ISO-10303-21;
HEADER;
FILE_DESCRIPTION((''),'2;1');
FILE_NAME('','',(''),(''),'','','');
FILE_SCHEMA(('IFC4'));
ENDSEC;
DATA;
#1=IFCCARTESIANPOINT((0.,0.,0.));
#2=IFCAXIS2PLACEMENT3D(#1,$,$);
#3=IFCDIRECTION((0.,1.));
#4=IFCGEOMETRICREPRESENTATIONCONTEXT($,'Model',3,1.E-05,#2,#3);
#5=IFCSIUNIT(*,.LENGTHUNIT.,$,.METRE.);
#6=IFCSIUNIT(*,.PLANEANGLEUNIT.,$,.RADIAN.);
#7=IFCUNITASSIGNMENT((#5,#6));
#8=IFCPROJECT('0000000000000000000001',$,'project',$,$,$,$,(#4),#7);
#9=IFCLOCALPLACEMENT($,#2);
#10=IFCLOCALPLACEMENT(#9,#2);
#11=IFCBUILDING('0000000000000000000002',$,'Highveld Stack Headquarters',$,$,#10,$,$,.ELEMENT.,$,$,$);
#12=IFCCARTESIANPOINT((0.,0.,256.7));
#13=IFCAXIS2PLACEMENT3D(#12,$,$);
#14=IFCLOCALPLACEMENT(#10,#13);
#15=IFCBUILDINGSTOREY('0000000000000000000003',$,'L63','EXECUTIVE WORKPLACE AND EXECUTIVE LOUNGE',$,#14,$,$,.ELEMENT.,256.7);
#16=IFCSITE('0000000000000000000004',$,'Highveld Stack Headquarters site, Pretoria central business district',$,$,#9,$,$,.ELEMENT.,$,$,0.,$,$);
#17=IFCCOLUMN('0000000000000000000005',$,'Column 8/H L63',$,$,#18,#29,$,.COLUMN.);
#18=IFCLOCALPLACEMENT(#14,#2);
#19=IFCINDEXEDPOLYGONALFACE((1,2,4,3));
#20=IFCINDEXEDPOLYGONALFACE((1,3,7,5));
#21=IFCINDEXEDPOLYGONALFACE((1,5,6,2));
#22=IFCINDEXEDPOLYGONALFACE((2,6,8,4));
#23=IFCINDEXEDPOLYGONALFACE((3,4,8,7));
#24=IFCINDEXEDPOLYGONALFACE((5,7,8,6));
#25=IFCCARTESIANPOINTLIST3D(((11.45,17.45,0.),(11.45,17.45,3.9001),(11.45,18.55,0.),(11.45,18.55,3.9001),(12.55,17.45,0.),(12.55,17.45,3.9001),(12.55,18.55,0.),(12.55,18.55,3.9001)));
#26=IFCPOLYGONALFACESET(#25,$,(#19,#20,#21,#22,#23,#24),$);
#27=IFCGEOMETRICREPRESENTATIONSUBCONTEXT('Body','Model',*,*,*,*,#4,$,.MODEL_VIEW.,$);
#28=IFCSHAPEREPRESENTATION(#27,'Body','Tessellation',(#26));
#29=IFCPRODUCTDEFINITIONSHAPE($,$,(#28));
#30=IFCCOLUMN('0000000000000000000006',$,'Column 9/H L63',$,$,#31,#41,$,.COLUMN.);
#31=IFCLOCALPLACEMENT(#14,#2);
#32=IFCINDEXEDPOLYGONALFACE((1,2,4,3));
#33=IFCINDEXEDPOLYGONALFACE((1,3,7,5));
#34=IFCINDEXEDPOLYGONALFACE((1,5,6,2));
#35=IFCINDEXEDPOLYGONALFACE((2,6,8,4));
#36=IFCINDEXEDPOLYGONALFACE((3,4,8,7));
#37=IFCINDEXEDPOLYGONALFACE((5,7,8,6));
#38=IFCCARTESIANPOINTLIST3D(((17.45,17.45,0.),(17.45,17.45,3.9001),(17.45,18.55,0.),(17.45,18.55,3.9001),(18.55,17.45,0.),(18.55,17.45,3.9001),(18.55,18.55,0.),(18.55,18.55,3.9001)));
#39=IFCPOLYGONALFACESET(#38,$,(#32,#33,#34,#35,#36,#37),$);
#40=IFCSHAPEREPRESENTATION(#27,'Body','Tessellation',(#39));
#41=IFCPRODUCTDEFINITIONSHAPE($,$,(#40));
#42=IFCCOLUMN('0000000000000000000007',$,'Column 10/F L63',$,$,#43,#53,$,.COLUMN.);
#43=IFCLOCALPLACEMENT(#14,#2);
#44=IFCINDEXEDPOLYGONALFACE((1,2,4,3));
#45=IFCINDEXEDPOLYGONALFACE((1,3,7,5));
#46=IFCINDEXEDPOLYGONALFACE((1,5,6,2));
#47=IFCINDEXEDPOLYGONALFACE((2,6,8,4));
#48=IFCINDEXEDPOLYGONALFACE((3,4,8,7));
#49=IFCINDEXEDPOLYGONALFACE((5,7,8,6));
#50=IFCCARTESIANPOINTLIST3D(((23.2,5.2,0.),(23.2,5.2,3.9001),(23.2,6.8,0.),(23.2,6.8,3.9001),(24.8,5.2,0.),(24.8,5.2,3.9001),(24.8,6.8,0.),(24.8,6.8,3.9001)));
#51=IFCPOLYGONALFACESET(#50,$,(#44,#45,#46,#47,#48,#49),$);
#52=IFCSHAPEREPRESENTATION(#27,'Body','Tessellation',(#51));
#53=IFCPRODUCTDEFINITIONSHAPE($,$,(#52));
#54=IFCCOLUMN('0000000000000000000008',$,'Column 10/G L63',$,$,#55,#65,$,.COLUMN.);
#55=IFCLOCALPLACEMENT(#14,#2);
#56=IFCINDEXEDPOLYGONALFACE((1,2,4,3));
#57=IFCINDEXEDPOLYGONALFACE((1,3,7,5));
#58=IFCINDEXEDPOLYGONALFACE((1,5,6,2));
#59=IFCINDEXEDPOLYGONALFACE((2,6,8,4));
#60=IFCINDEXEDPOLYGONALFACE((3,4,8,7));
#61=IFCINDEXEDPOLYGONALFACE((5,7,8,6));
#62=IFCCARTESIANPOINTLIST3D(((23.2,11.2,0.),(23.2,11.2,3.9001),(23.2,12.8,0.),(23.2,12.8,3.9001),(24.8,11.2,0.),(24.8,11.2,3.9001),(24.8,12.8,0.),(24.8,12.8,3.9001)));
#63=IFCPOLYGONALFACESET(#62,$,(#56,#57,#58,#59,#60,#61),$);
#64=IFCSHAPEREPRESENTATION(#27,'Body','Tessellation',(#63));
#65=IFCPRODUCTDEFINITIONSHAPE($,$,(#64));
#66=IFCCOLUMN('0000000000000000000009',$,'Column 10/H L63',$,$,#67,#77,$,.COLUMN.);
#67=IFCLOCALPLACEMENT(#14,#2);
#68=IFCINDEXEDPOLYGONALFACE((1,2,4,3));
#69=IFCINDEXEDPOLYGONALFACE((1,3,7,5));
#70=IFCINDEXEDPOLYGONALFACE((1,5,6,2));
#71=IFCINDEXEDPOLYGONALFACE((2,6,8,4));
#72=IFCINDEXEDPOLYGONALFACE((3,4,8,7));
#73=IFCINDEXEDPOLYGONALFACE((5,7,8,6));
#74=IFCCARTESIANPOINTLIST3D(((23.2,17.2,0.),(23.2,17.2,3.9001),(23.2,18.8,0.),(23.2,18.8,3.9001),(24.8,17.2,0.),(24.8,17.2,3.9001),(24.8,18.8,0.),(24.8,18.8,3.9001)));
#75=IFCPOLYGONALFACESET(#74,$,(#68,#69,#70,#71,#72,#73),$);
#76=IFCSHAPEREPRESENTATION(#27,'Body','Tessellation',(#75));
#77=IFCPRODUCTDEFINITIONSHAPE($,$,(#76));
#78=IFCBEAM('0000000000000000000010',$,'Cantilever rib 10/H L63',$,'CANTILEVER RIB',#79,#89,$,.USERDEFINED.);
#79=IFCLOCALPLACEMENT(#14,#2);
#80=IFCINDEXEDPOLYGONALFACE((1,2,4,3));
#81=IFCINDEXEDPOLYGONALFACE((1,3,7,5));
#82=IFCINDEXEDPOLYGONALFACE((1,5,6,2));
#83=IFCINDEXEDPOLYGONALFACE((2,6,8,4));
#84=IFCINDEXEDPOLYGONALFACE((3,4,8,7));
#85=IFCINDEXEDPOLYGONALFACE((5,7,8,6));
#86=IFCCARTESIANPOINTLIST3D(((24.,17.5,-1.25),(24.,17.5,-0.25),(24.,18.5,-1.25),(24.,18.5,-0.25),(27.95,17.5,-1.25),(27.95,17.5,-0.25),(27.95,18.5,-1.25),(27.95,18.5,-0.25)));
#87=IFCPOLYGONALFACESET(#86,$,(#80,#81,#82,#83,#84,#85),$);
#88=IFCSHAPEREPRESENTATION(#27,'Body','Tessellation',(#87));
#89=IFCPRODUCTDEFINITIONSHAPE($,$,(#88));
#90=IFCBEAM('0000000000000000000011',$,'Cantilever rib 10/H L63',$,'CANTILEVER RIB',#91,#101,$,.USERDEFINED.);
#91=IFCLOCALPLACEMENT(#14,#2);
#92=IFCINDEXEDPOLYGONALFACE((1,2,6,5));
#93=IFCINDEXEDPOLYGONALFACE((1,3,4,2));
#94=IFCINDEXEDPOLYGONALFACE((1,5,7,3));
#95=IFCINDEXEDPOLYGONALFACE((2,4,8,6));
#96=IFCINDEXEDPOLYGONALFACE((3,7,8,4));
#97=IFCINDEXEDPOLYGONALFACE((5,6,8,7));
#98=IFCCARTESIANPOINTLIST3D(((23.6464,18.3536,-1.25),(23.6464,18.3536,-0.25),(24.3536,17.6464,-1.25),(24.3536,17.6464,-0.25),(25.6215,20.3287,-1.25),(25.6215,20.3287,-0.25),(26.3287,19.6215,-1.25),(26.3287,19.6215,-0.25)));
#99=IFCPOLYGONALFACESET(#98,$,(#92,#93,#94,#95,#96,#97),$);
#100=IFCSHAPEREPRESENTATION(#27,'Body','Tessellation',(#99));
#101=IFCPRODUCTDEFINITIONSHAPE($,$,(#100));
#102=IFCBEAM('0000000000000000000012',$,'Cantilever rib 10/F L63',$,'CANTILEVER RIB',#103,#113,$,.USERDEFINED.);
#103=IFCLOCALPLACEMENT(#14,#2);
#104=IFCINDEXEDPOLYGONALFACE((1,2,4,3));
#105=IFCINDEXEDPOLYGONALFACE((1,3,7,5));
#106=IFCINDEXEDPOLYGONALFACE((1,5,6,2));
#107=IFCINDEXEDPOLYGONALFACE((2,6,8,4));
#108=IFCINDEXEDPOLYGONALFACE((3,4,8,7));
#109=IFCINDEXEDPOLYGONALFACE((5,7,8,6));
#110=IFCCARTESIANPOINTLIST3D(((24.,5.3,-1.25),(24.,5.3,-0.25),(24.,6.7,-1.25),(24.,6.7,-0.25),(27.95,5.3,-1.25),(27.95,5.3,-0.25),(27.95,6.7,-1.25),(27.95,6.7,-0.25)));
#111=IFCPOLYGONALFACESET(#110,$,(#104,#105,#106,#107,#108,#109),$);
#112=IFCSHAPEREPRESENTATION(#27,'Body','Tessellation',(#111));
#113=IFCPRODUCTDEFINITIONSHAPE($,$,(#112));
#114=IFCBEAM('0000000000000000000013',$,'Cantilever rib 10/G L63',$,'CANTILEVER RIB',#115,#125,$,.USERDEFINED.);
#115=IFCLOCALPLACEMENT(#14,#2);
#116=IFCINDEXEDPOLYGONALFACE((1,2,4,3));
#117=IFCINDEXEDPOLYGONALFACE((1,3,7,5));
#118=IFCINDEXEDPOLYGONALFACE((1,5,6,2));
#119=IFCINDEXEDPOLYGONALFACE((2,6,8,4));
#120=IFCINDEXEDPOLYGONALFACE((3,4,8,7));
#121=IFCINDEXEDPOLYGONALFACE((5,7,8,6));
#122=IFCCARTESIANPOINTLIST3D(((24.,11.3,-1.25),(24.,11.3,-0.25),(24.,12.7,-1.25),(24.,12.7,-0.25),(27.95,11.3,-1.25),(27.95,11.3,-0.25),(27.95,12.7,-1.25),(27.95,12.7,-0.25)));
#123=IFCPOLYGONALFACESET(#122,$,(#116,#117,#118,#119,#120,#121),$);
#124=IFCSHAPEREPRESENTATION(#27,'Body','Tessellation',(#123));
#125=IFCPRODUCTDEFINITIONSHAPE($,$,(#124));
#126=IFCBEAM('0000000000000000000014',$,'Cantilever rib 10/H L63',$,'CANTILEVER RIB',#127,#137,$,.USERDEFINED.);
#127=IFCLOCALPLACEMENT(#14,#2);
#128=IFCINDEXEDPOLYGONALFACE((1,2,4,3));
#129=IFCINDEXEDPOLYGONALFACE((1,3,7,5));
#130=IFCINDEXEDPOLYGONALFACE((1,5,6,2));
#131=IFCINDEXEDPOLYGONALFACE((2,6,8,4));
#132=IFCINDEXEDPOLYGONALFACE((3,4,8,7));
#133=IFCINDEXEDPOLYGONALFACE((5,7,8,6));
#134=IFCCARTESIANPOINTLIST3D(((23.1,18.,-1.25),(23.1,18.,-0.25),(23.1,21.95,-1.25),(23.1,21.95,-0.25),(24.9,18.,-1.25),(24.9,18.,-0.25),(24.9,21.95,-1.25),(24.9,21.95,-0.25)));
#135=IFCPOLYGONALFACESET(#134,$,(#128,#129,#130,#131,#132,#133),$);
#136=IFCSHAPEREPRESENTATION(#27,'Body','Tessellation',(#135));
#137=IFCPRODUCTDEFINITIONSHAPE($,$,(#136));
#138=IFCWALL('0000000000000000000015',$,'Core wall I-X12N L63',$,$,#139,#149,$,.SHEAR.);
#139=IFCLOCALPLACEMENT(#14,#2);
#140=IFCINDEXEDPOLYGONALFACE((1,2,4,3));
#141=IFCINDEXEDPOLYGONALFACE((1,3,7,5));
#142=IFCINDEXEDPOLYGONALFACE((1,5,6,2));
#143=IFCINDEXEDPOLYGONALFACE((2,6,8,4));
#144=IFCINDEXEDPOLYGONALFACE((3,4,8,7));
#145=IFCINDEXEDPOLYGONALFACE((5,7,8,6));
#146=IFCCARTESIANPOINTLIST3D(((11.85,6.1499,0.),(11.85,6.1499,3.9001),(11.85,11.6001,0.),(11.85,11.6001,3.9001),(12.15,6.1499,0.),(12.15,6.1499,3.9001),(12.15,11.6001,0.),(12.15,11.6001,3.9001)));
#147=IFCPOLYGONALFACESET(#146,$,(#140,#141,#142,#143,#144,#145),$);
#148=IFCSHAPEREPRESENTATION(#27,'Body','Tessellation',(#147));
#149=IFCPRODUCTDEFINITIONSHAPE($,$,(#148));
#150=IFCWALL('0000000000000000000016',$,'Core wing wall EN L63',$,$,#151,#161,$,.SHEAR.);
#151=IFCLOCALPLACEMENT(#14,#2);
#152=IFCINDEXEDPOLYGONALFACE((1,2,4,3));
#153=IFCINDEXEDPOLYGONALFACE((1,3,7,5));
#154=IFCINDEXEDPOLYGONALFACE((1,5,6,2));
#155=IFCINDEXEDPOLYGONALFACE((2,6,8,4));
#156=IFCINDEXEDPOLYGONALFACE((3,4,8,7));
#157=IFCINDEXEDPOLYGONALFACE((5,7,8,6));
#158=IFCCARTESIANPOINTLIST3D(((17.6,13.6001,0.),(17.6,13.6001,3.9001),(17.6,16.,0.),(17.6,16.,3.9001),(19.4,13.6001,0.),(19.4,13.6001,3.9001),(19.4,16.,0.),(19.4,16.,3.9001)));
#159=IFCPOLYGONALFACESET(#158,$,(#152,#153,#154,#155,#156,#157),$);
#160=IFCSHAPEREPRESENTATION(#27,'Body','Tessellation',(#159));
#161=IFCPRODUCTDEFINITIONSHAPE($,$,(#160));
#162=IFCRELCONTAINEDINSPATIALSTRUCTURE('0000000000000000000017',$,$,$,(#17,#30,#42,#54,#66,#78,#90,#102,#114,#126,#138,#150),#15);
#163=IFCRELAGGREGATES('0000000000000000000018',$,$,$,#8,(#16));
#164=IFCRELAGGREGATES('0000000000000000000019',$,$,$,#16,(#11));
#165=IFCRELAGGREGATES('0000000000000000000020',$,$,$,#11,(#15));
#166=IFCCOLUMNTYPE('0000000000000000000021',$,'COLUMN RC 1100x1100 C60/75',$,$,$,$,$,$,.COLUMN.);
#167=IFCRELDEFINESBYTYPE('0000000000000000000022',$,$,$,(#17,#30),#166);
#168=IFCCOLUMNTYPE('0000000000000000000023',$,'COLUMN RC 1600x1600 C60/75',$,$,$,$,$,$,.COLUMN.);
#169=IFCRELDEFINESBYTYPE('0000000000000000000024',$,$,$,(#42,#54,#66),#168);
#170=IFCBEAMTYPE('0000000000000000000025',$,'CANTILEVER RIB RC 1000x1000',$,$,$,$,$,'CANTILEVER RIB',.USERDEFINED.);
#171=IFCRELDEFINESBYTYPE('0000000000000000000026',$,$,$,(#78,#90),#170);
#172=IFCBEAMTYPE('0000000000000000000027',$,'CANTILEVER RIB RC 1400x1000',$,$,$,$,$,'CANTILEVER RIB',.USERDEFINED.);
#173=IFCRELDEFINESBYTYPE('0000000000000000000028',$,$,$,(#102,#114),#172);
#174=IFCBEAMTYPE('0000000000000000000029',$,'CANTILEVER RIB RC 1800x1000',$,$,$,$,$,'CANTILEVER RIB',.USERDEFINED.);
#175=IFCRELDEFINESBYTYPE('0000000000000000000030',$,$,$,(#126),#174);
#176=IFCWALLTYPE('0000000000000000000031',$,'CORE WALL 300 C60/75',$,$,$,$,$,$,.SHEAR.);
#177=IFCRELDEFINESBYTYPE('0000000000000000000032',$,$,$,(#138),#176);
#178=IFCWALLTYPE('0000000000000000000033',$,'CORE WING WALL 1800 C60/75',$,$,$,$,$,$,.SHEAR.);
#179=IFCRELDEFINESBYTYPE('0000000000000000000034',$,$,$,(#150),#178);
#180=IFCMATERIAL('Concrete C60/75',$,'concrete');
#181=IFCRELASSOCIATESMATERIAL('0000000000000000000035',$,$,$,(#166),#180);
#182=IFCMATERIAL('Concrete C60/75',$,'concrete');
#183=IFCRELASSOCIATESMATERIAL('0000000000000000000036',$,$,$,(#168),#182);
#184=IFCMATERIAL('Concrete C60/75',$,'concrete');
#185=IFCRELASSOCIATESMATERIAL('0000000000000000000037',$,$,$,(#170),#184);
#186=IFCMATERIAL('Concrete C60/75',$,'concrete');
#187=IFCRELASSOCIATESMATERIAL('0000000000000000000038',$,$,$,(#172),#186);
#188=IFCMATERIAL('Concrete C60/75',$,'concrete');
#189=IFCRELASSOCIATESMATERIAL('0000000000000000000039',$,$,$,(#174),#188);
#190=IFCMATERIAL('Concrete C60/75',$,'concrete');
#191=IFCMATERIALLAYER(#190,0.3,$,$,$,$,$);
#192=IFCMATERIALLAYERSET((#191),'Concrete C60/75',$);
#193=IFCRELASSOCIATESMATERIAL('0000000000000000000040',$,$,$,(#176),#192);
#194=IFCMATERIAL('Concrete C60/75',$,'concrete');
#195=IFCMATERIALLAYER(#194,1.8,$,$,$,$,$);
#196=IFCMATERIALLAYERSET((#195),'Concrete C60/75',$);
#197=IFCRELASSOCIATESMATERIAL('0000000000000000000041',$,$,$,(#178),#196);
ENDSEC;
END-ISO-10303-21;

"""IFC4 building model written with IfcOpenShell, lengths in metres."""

from ifc_helpers import new_model, si_unit, direction, frame, frame_2d, origin, origin_2d, place, context, subcontext, project, spatial, rectangle, extrude, material, layer, layer_set, material_profile, profile_set, type_object, element, save


model = new_model("IFC4")

# Units and contexts
model_context = context("Model", 3, precision=1e-05, world=origin(), true_north=direction((0.0, 1.0)))
body_context = subcontext(model_context, "Body", "Model", "MODEL_VIEW")
ifc_project = project(units=[si_unit("LENGTHUNIT", "METRE"), si_unit("PLANEANGLEUNIT", "RADIAN")], contexts=[model_context])

# Site, building, storey
site_placement = place(None, origin())
site = spatial("IfcSite", under=ifc_project, at=site_placement, Name="Highveld Stack Headquarters site, Pretoria central business district", CompositionType="ELEMENT", RefElevation=0.0)
building_placement = place(site_placement, origin())
building = spatial("IfcBuilding", under=site, at=building_placement, Name="Highveld Stack Headquarters", CompositionType="ELEMENT")
storey_placement = place(building_placement, frame((0.0, 0.0, 256.7)))
storey = spatial("IfcBuildingStorey", under=building, at=storey_placement, Name="L63", Description="EXECUTIVE WORKPLACE AND EXECUTIVE LOUNGE", CompositionType="ELEMENT", Elevation=256.7)

# Columns
ifc_material_1 = material(Name="Concrete C60/75", Category="concrete")
ifc_material_profile_1 = material_profile(ifc_material_1, rectangle(XDim=1.1001, YDim=1.1001, at=origin_2d()), Name="RC 1100x1100")
ifc_profile_set_1 = profile_set([ifc_material_profile_1], Name="Concrete C60/75")
column_type_1 = type_object("IfcColumnType", Name="COLUMN RC 1100x1100 C60/75", PredefinedType="COLUMN", material=ifc_profile_set_1)
for number, where, z_axis, x_axis, name in (
    (1, (12.0, 18.0, 0.0), (0.0, 0.0, 1.0), (1.0, 0.0, 0.0), "Column 8/H L63"),
    (2, (18.0, 18.0, 0.0), (0.0, 0.0, 1.0), (1.0, 0.0, 0.0), "Column 9/H L63"),
):
    element("IfcColumn", number, at=place(storey_placement, frame(where, z_axis=z_axis, x_axis=x_axis)), inside=storey, type_object=column_type_1, Name=name, PredefinedType="COLUMN", context=body_context, shape_type="SweptSolid", body=[
        extrude(rectangle(XDim=1.1001, YDim=1.1001, at=origin_2d()), origin(), (0.0, 0.0, 1.0), 3.9001),
    ])
ifc_material_2 = material(Name="Concrete C60/75", Category="concrete")
ifc_material_profile_2 = material_profile(ifc_material_2, rectangle(XDim=1.6001, YDim=1.6001, at=origin_2d()), Name="RC 1600x1600")
ifc_profile_set_2 = profile_set([ifc_material_profile_2], Name="Concrete C60/75")
column_type_2 = type_object("IfcColumnType", Name="COLUMN RC 1600x1600 C60/75", PredefinedType="COLUMN", material=ifc_profile_set_2)
for number, where, z_axis, x_axis, name in (
    (3, (24.0, 6.0, 0.0), (0.0, 0.0, 1.0), (1.0, 0.0, 0.0), "Column 10/F L63"),
    (4, (24.0, 12.0, 0.0), (0.0, 0.0, 1.0), (1.0, 0.0, 0.0), "Column 10/G L63"),
    (5, (24.0, 18.0, 0.0), (0.0, 0.0, 1.0), (1.0, 0.0, 0.0), "Column 10/H L63"),
):
    element("IfcColumn", number, at=place(storey_placement, frame(where, z_axis=z_axis, x_axis=x_axis)), inside=storey, type_object=column_type_2, Name=name, PredefinedType="COLUMN", context=body_context, shape_type="SweptSolid", body=[
        extrude(rectangle(XDim=1.6001, YDim=1.6001, at=origin_2d()), origin(), (0.0, 0.0, 1.0), 3.9001),
    ])

# Beams
ifc_material_3 = material(Name="Concrete C60/75", Category="concrete")
ifc_material_profile_3 = material_profile(ifc_material_3, rectangle(XDim=1.0, YDim=1.0, at=origin_2d()), Name="RC 1000x1000")
ifc_profile_set_3 = profile_set([ifc_material_profile_3], Name="Concrete C60/75")
beam_type_1 = type_object("IfcBeamType", Name="CANTILEVER RIB RC 1000x1000", ElementType="CANTILEVER RIB", PredefinedType="USERDEFINED", material=ifc_profile_set_3)
beam_1_placement = place(storey_placement, frame((24.0, 18.0, -0.75), z_axis=(1.0, 0.0, 0.0), x_axis=(0.0, 1.0, 0.0)))
element("IfcBeam", 6, at=beam_1_placement, inside=storey, type_object=beam_type_1, Name="Cantilever rib 10/H L63", ObjectType="CANTILEVER RIB", PredefinedType="USERDEFINED", context=body_context, shape_type="SweptSolid", body=[
    extrude(rectangle(XDim=1.0, YDim=1.0, at=origin_2d()), origin(), (0.0, 0.0, 1.0), 3.95),
])
beam_2_placement = place(storey_placement, frame((24.0, 18.0, -0.75), z_axis=(0.707107, 0.707107, 0.0), x_axis=(-0.707107, 0.707107, 0.0)))
element("IfcBeam", 7, at=beam_2_placement, inside=storey, type_object=beam_type_1, Name="Cantilever rib 10/H L63", ObjectType="CANTILEVER RIB", PredefinedType="USERDEFINED", context=body_context, shape_type="SweptSolid", body=[
    extrude(rectangle(XDim=1.0, YDim=1.0, at=origin_2d()), origin(), (0.0, 0.0, 1.0), 2.7932),
])
ifc_material_4 = material(Name="Concrete C60/75", Category="concrete")
ifc_material_profile_4 = material_profile(ifc_material_4, rectangle(XDim=1.3999, YDim=1.0, at=origin_2d()), Name="RC 1400x1000")
ifc_profile_set_4 = profile_set([ifc_material_profile_4], Name="Concrete C60/75")
beam_type_2 = type_object("IfcBeamType", Name="CANTILEVER RIB RC 1400x1000", ElementType="CANTILEVER RIB", PredefinedType="USERDEFINED", material=ifc_profile_set_4)
for number, where, z_axis, x_axis, name in (
    (8, (24.0, 6.0, -0.75), (1.0, 0.0, 0.0), (0.0, 1.0, 0.0), "Cantilever rib 10/F L63"),
    (9, (24.0, 12.0, -0.75), (1.0, 0.0, 0.0), (0.0, 1.0, 0.0), "Cantilever rib 10/G L63"),
):
    element("IfcBeam", number, at=place(storey_placement, frame(where, z_axis=z_axis, x_axis=x_axis)), inside=storey, type_object=beam_type_2, Name=name, ObjectType="CANTILEVER RIB", PredefinedType="USERDEFINED", context=body_context, shape_type="SweptSolid", body=[
        extrude(rectangle(XDim=1.3999, YDim=1.0, at=origin_2d()), origin(), (0.0, 0.0, 1.0), 3.95),
    ])
ifc_material_5 = material(Name="Concrete C60/75", Category="concrete")
ifc_material_profile_5 = material_profile(ifc_material_5, rectangle(XDim=1.8, YDim=1.0, at=origin_2d()), Name="RC 1800x1000")
ifc_profile_set_5 = profile_set([ifc_material_profile_5], Name="Concrete C60/75")
beam_type_3 = type_object("IfcBeamType", Name="CANTILEVER RIB RC 1800x1000", ElementType="CANTILEVER RIB", PredefinedType="USERDEFINED", material=ifc_profile_set_5)
beam_3_placement = place(storey_placement, frame((24.0, 18.0, -0.75), z_axis=(0.0, 1.0, 0.0), x_axis=(-1.0, 0.0, 0.0)))
element("IfcBeam", 10, at=beam_3_placement, inside=storey, type_object=beam_type_3, Name="Cantilever rib 10/H L63", ObjectType="CANTILEVER RIB", PredefinedType="USERDEFINED", context=body_context, shape_type="SweptSolid", body=[
    extrude(rectangle(XDim=1.8, YDim=1.0, at=origin_2d()), origin(), (0.0, 0.0, 1.0), 3.95),
])

# Walls
ifc_material_6 = material(Name="Concrete C60/75", Category="concrete")
ifc_layer_1 = layer(ifc_material_6, 0.3)
ifc_layer_set_1 = layer_set([ifc_layer_1], Name="Concrete C60/75")
wall_type_1 = type_object("IfcWallType", Name="CORE WALL 300 C60/75", PredefinedType="SHEAR", material=ifc_layer_set_1)
wall_1_placement = place(storey_placement, frame((12.0, 6.1499, 0.0), z_axis=(0.0, 0.0, 1.0), x_axis=(0.0, 1.0, 0.0)))
element("IfcWall", 11, at=wall_1_placement, inside=storey, type_object=wall_type_1, Name="Core wall I-X12N L63", PredefinedType="SHEAR", context=body_context, shape_type="SweptSolid", body=[
    extrude(rectangle(XDim=5.4502, YDim=0.3, at=frame_2d((2.7251, 0.0))), origin(), (0.0, 0.0, 1.0), 3.9001),
])
ifc_material_7 = material(Name="Concrete C60/75", Category="concrete")
ifc_layer_2 = layer(ifc_material_7, 1.8)
ifc_layer_set_2 = layer_set([ifc_layer_2], Name="Concrete C60/75")
wall_type_2 = type_object("IfcWallType", Name="CORE WING WALL 1800 C60/75", PredefinedType="SHEAR", material=ifc_layer_set_2)
wall_2_placement = place(storey_placement, frame((18.5, 13.6001, 0.0), z_axis=(0.0, 0.0, 1.0), x_axis=(0.0, 1.0, 0.0)))
element("IfcWall", 12, at=wall_2_placement, inside=storey, type_object=wall_type_2, Name="Core wing wall EN L63", PredefinedType="SHEAR", context=body_context, shape_type="SweptSolid", body=[
    extrude(rectangle(XDim=2.3999, YDim=1.8, at=frame_2d((1.2, 0.0))), origin(), (0.0, 0.0, 1.0), 3.9001),
])

save(model, "model.ifc")
